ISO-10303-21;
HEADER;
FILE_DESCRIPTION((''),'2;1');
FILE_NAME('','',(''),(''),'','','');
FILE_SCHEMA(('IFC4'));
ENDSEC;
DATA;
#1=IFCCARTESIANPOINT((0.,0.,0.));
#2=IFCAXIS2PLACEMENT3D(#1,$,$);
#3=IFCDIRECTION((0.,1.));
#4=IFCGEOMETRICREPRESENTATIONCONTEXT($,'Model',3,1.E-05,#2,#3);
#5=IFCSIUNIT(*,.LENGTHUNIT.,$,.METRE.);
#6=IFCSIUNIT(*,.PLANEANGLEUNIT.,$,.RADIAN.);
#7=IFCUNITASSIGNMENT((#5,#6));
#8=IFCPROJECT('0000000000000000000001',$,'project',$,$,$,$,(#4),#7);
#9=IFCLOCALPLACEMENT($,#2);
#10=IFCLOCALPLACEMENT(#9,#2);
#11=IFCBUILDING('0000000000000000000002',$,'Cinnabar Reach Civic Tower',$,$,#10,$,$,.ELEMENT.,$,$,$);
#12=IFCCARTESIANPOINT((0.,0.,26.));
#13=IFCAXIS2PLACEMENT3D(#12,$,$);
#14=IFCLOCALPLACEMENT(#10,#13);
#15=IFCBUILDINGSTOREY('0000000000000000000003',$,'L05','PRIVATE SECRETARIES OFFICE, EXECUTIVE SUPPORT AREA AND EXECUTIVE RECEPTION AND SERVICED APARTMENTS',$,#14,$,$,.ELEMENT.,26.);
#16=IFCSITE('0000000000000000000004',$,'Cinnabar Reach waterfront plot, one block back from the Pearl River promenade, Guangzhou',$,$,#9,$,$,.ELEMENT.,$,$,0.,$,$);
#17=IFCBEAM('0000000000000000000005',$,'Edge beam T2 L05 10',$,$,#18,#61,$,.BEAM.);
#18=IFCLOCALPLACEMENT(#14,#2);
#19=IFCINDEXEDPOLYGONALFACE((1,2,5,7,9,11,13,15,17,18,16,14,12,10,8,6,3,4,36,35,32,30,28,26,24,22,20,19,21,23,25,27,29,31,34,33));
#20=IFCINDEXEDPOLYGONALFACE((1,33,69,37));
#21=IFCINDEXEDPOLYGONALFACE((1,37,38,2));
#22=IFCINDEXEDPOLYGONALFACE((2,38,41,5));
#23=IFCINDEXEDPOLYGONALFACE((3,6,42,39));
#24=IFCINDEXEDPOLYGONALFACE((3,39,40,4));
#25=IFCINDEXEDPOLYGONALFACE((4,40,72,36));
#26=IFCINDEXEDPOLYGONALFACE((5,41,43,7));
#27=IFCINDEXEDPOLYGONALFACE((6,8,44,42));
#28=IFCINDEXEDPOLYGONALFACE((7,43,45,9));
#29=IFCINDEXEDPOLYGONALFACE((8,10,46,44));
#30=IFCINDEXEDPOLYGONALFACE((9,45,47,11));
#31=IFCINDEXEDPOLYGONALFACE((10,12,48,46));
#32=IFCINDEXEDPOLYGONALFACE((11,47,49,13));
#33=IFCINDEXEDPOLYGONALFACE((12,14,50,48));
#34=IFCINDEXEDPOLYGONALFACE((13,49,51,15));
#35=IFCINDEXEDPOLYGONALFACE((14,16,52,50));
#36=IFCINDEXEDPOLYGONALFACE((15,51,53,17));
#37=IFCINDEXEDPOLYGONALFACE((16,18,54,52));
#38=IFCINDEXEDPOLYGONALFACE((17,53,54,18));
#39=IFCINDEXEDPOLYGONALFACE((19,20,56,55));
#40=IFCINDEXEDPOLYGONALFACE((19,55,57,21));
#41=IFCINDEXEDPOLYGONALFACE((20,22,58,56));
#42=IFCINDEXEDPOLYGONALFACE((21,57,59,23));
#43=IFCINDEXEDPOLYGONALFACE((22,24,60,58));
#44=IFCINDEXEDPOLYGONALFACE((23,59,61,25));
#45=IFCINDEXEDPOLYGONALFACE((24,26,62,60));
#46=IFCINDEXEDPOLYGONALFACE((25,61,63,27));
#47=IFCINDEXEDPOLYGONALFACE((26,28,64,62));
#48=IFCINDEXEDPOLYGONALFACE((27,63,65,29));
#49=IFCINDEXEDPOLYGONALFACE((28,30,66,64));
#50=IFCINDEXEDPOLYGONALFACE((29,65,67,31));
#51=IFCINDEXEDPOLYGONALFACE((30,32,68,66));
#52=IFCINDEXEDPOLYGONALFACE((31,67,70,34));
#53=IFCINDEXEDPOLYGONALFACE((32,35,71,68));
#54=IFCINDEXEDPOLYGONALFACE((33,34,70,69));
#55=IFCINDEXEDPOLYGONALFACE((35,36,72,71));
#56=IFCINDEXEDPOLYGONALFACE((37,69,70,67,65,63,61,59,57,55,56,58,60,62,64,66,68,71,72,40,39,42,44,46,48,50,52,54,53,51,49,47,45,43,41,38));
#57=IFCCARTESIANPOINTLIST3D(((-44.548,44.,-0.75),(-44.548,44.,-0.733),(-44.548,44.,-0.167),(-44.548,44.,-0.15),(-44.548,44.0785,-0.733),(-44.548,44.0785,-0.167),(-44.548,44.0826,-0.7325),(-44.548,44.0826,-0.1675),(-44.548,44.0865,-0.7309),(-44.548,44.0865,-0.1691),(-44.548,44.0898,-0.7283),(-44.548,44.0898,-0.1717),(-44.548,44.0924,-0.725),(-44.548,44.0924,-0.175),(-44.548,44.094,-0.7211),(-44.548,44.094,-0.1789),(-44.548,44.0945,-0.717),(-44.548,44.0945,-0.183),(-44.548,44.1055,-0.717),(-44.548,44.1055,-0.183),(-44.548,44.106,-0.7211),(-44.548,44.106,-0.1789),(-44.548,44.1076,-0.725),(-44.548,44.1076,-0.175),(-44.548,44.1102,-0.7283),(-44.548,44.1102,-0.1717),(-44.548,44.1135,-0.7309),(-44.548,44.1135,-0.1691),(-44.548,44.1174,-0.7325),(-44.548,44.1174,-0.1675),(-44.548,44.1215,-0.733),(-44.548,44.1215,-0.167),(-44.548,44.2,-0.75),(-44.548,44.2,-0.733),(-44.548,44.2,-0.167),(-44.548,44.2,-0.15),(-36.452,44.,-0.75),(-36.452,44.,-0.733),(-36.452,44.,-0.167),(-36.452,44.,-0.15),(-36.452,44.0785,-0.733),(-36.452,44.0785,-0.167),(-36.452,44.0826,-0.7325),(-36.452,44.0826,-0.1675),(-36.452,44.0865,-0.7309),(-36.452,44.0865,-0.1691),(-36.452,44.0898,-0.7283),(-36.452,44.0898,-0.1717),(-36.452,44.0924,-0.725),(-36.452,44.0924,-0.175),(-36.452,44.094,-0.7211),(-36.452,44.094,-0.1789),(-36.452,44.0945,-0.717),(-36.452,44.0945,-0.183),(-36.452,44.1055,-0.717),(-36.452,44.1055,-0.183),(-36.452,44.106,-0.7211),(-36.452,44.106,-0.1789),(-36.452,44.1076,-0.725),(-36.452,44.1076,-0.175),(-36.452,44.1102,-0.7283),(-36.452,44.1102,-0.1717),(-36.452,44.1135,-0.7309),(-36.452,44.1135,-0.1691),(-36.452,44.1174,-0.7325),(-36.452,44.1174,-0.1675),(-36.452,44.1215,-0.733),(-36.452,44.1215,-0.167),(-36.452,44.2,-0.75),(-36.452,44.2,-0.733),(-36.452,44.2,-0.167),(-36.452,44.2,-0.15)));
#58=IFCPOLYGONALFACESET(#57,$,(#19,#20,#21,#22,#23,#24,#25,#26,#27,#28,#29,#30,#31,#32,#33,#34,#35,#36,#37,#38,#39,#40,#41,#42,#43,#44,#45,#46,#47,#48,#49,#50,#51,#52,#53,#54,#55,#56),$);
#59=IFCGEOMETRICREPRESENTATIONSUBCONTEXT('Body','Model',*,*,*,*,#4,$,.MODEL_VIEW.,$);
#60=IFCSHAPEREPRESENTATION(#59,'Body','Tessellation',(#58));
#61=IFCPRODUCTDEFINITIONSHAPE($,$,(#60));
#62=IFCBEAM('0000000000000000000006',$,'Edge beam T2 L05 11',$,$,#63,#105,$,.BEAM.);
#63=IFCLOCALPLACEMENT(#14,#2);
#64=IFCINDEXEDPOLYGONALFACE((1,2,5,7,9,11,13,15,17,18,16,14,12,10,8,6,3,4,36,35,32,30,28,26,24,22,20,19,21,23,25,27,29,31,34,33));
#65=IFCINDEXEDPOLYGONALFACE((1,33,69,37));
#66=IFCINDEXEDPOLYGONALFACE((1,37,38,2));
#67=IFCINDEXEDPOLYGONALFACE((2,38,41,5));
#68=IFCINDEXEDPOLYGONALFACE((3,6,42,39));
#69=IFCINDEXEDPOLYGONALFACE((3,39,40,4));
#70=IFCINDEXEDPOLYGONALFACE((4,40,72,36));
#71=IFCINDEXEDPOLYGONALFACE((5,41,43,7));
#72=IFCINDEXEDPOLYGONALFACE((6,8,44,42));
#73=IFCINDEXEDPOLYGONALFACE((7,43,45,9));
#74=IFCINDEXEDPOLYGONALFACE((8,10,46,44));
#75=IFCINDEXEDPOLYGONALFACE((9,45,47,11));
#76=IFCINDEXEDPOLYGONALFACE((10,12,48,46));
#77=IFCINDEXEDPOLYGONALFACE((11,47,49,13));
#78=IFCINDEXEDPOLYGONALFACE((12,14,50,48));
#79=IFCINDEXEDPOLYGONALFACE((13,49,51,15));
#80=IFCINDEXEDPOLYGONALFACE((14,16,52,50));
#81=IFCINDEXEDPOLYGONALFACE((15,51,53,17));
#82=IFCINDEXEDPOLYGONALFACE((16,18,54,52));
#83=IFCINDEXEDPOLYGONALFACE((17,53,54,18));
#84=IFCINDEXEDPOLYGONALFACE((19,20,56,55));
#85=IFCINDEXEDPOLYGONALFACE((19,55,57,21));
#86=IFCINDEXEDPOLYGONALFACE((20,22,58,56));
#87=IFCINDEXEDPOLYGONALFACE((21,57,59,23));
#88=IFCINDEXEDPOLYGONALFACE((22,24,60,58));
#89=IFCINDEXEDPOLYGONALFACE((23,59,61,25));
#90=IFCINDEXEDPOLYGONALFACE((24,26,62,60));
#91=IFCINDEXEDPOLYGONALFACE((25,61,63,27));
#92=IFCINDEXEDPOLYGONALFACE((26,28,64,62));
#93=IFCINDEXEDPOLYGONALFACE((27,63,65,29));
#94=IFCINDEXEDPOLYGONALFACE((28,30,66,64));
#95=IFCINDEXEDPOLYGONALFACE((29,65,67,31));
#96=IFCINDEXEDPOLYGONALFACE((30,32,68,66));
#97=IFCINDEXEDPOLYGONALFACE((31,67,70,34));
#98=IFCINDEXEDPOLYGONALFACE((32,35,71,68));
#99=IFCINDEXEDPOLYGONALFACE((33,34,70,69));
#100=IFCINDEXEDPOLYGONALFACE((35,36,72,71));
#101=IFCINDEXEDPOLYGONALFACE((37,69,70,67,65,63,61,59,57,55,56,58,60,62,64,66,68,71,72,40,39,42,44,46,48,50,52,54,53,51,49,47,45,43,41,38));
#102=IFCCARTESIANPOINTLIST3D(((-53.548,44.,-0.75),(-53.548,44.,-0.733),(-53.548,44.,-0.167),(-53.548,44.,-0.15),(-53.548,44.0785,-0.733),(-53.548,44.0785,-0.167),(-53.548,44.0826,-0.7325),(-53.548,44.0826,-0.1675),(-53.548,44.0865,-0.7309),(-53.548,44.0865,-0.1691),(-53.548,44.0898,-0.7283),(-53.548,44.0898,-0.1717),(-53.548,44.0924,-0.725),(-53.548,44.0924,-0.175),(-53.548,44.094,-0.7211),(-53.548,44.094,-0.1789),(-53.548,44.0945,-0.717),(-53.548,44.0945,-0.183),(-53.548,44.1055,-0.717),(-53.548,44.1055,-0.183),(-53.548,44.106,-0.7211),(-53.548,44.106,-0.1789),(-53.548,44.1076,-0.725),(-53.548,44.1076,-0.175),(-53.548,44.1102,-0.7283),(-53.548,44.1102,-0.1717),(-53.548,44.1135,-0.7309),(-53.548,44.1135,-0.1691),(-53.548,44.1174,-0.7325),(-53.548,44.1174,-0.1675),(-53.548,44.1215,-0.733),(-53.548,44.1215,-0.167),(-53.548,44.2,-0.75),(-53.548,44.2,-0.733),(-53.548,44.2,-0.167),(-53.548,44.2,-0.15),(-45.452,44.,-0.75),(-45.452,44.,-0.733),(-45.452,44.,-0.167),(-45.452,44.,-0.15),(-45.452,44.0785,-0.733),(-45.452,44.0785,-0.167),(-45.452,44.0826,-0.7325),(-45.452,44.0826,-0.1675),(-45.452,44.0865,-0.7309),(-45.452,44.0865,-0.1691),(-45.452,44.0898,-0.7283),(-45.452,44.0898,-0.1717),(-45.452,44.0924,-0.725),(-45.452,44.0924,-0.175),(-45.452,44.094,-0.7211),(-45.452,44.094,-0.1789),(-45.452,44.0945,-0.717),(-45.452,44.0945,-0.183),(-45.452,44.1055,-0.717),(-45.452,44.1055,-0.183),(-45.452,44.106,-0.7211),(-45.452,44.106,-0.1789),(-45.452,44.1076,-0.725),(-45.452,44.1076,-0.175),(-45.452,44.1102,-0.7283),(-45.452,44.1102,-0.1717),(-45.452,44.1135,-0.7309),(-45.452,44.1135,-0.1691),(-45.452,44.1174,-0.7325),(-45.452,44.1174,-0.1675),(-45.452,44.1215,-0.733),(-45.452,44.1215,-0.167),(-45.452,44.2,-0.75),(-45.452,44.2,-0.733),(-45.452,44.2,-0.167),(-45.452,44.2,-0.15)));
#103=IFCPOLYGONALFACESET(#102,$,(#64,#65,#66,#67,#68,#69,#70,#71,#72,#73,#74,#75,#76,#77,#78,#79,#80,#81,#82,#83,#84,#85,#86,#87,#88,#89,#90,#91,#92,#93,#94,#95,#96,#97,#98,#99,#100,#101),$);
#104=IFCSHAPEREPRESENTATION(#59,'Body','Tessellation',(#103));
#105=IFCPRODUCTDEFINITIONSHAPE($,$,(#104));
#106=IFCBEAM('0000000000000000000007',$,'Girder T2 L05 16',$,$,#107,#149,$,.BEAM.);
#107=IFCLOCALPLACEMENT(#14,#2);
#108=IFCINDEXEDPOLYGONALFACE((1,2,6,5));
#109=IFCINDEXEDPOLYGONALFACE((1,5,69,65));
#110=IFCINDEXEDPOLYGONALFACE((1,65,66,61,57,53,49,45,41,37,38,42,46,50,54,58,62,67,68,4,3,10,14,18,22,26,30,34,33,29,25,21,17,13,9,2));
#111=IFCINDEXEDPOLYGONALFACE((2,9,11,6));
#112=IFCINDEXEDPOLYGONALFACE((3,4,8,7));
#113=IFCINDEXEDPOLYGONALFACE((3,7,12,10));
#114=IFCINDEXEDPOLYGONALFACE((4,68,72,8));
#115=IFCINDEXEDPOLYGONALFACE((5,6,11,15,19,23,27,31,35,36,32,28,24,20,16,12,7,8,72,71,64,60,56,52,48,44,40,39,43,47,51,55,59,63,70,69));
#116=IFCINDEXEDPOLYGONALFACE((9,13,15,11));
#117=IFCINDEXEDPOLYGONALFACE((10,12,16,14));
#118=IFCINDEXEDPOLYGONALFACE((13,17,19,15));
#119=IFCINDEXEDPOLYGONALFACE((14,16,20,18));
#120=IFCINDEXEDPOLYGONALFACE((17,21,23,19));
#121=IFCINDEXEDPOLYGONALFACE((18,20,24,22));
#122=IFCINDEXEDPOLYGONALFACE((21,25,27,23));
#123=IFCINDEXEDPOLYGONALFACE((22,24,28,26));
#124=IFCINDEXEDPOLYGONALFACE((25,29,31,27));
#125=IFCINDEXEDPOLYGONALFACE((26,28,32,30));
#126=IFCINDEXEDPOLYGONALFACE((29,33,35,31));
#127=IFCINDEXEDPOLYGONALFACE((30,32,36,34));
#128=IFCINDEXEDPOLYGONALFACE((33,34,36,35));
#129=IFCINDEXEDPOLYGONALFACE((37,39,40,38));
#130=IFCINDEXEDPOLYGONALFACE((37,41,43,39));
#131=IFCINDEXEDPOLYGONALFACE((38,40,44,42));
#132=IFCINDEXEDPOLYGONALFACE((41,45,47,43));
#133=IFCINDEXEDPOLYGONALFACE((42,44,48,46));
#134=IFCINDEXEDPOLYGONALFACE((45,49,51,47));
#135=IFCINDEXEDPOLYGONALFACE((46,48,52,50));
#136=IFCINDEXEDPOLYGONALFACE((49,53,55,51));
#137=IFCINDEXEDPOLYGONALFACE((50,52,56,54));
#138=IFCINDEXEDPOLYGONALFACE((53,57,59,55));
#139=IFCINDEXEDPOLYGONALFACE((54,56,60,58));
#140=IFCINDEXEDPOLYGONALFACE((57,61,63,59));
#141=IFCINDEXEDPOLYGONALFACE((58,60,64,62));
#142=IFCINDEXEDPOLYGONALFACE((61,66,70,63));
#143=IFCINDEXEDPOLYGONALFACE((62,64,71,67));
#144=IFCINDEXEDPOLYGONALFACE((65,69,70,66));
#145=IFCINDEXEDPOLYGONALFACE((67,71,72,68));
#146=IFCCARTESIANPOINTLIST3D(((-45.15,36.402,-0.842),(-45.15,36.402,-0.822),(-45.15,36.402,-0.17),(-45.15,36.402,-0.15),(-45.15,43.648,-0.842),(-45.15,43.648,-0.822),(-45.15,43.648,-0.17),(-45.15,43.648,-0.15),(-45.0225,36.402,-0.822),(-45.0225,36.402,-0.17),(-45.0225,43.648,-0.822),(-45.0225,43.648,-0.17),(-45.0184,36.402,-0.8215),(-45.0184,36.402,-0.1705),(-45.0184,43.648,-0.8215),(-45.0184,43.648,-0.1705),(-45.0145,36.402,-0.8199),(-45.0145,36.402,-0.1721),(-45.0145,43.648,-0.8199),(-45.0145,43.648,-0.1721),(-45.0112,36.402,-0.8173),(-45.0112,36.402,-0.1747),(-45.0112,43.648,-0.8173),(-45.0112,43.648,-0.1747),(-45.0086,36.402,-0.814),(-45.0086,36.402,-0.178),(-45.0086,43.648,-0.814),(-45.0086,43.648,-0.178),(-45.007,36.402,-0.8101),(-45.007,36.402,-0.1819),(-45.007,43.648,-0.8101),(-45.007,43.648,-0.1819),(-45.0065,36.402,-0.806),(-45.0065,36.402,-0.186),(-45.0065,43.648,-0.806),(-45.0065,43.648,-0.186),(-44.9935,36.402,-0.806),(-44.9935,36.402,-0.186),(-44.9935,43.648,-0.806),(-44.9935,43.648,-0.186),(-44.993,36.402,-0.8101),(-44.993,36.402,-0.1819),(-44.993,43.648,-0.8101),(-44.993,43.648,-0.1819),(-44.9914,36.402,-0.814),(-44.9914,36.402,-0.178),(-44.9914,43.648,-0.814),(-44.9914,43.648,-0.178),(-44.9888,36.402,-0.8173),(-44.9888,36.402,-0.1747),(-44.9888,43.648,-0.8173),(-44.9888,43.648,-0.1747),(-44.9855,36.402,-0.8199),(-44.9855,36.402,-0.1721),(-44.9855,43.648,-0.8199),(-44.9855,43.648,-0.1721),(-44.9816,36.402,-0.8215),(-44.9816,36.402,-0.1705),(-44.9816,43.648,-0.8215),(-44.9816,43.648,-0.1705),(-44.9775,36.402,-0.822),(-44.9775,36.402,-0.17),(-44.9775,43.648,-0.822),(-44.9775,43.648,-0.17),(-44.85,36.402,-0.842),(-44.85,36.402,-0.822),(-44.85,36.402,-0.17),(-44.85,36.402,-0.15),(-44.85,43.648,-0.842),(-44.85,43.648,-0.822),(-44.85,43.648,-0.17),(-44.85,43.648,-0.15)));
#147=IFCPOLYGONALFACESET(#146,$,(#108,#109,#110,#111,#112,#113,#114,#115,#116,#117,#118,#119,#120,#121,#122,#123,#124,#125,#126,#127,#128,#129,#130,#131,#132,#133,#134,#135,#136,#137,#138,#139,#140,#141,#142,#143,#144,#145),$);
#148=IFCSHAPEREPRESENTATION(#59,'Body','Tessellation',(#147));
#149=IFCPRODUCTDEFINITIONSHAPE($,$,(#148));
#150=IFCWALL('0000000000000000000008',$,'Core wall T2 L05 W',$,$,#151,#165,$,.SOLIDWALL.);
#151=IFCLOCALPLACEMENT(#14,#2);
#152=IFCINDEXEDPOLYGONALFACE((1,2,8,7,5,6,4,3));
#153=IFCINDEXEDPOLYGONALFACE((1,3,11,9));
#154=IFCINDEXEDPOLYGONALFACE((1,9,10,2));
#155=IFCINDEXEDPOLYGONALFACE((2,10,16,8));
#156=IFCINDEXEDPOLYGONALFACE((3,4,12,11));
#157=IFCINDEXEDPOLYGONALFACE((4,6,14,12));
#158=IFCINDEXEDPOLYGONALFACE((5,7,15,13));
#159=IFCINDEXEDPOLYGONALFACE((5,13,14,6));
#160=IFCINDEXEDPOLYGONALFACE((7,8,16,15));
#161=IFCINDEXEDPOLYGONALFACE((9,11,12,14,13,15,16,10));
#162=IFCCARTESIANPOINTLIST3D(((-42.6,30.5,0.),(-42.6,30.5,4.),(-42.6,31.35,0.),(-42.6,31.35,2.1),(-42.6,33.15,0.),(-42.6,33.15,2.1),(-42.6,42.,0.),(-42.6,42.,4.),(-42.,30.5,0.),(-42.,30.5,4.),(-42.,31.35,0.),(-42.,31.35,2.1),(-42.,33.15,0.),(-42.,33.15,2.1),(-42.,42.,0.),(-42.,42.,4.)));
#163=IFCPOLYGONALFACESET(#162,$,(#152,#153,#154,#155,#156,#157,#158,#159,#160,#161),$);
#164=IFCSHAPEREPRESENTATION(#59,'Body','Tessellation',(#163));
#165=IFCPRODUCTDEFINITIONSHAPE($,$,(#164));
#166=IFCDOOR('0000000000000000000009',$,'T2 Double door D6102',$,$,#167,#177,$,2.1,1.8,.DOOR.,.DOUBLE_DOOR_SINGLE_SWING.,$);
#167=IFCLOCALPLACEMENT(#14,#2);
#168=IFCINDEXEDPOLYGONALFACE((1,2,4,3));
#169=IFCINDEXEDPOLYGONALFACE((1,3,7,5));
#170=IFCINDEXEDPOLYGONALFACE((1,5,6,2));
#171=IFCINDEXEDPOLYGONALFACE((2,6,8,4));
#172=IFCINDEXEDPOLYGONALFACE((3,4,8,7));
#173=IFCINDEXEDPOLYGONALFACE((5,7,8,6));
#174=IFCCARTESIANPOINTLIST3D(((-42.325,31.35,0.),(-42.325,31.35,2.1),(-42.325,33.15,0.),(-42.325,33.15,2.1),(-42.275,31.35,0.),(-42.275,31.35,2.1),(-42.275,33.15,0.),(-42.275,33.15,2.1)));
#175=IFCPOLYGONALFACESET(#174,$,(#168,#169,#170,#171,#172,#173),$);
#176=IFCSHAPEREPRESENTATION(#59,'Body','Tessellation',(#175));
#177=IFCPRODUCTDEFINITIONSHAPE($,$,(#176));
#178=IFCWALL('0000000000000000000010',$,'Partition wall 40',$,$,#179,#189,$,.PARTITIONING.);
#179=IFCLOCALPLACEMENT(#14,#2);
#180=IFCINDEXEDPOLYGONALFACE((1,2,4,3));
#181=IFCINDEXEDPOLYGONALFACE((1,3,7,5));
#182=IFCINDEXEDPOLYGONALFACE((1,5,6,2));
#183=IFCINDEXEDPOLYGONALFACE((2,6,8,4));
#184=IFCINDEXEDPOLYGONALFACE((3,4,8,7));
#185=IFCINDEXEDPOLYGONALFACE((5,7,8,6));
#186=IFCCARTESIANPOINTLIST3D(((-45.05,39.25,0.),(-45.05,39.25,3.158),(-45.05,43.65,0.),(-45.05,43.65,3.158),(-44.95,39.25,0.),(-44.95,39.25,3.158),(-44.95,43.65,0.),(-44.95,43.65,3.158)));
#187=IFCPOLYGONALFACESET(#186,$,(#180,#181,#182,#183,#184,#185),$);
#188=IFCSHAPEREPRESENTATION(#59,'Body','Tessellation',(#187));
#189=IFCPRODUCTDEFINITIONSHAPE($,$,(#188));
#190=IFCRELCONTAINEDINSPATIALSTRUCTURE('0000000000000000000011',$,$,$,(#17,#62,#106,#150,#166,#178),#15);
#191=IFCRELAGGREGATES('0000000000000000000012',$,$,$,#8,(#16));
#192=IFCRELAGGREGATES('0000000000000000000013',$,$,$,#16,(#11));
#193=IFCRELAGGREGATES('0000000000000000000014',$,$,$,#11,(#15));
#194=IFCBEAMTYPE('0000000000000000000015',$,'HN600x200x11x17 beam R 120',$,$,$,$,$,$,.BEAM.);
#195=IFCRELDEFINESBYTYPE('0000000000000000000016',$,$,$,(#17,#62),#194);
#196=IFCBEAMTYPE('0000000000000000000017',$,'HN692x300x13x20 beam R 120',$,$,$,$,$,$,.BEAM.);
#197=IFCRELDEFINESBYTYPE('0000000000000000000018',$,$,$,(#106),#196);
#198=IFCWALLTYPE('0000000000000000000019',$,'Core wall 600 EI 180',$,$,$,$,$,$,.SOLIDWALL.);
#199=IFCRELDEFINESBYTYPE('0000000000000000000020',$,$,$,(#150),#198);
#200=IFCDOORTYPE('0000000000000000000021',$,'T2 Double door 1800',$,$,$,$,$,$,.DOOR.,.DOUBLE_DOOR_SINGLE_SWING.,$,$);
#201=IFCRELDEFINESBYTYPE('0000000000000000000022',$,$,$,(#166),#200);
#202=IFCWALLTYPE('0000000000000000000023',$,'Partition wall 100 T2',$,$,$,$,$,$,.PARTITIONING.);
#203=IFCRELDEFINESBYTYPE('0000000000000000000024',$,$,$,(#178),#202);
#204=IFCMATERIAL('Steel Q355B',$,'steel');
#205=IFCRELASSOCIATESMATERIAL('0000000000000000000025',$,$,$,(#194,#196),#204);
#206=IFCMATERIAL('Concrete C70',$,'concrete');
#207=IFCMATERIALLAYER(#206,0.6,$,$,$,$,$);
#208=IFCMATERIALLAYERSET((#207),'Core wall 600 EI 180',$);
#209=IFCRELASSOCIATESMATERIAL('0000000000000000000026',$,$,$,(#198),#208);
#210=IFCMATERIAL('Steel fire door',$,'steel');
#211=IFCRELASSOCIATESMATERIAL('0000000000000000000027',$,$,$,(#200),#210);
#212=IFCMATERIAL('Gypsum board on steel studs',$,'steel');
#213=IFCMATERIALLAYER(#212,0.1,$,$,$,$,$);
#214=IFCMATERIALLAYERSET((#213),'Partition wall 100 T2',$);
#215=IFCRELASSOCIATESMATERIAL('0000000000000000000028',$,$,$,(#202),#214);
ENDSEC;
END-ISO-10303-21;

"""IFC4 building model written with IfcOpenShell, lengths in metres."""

from ifc_helpers import new_model, si_unit, direction, frame, frame_2d, origin, origin_2d, place, context, subcontext, project, spatial, rectangle, i_section, extrude, material, layer, layer_set, material_profile, profile_set, type_object, element, fill, save


model = new_model("IFC4")

# Units and contexts
model_context = context("Model", 3, precision=1e-05, world=origin(), true_north=direction((0.0, 1.0)))
body_context = subcontext(model_context, "Body", "Model", "MODEL_VIEW")
ifc_project = project(units=[si_unit("LENGTHUNIT", "METRE"), si_unit("PLANEANGLEUNIT", "RADIAN")], contexts=[model_context])

# Site, building, storey
site_placement = place(None, origin())
site = spatial("IfcSite", under=ifc_project, at=site_placement, Name="Cinnabar Reach waterfront plot, one block back from the Pearl River promenade, Guangzhou", CompositionType="ELEMENT", RefElevation=0.0)
building_placement = place(site_placement, origin())
building = spatial("IfcBuilding", under=site, at=building_placement, Name="Cinnabar Reach Civic Tower", CompositionType="ELEMENT")
storey_placement = place(building_placement, frame((0.0, 0.0, 26.0)))
storey = spatial("IfcBuildingStorey", under=building, at=storey_placement, Name="L05", Description="PRIVATE SECRETARIES OFFICE, EXECUTIVE SUPPORT AREA AND EXECUTIVE RECEPTION AND SERVICED APARTMENTS", CompositionType="ELEMENT", Elevation=26.0)

# Shared definitions
ifc_material_1 = material(Name="Concrete C70", Category="concrete")

# Beams
ifc_material_2 = material(Name="Steel Q355B", Category="steel")
ifc_material_profile_1 = material_profile(ifc_material_2, i_section(OverallWidth=0.2, OverallDepth=0.6, WebThickness=0.011, FlangeThickness=0.017, FilletRadius=0.016, at=origin_2d()), Name="HN600x200x11x17")
ifc_profile_set_1 = profile_set([ifc_material_profile_1], Name="Steel Q355B")
beam_type_1 = type_object("IfcBeamType", Name="HN600x200x11x17 beam R 120", PredefinedType="BEAM", material=ifc_profile_set_1)
for number, where, z_axis, x_axis, name in (
    (1, (-36.452, 44.1, -0.45), (-1.0, 0.0, 0.0), (0.0, -1.0, 0.0), "Edge beam T2 L05 10"),
    (2, (-45.452, 44.1, -0.45), (-1.0, 0.0, 0.0), (0.0, -1.0, 0.0), "Edge beam T2 L05 11"),
):
    element("IfcBeam", number, at=place(storey_placement, frame(where, z_axis=z_axis, x_axis=x_axis)), inside=storey, type_object=beam_type_1, Name=name, PredefinedType="BEAM", context=body_context, shape_type="SweptSolid", body=[
        extrude(i_section(OverallWidth=0.2, OverallDepth=0.6, WebThickness=0.011, FlangeThickness=0.017, FilletRadius=0.016, at=origin_2d()), origin(), (0.0, 0.0, 1.0), 8.096),
    ])
ifc_material_profile_2 = material_profile(ifc_material_2, i_section(OverallWidth=0.3, OverallDepth=0.692, WebThickness=0.013, FlangeThickness=0.02, FilletRadius=0.016, at=origin_2d()), Name="HN692x300x13x20")
ifc_profile_set_2 = profile_set([ifc_material_profile_2], Name="Steel Q355B")
beam_type_2 = type_object("IfcBeamType", Name="HN692x300x13x20 beam R 120", PredefinedType="BEAM", material=ifc_profile_set_2)
beam_1_placement = place(storey_placement, frame((-45.0, 36.402, -0.496), z_axis=(0.0, 1.0, 0.0), x_axis=(-1.0, 0.0, 0.0)))
element("IfcBeam", 3, at=beam_1_placement, inside=storey, type_object=beam_type_2, Name="Girder T2 L05 16", PredefinedType="BEAM", context=body_context, shape_type="SweptSolid", body=[
    extrude(i_section(OverallWidth=0.3, OverallDepth=0.692, WebThickness=0.013, FlangeThickness=0.02, FilletRadius=0.016, at=origin_2d()), origin(), (0.0, 0.0, 1.0), 7.246),
])

# Wall, opening, door
ifc_layer_1 = layer(ifc_material_1, 0.6)
ifc_layer_set_1 = layer_set([ifc_layer_1], Name="Core wall 600 EI 180")
wall_type_1 = type_object("IfcWallType", Name="Core wall 600 EI 180", PredefinedType="SOLIDWALL", material=ifc_layer_set_1)
wall_1_placement = place(storey_placement, frame((-42.3, 42.0, 0.0), z_axis=(0.0, 0.0, 1.0), x_axis=(0.0, -1.0, 0.0)))
wall_1 = element("IfcWall", 4, at=wall_1_placement, inside=storey, type_object=wall_type_1, Name="Core wall T2 L05 W", PredefinedType="SOLIDWALL", context=body_context, shape_type="SweptSolid", body=[
    extrude(rectangle(XDim=11.5, YDim=0.6, at=frame_2d((5.75, 0.0))), origin(), (0.0, 0.0, 1.0), 4.0),
])
opening_1_placement = place(wall_1_placement, frame((8.85, 0.0, 0.0)))
opening_1 = element("IfcOpeningElement", 5, at=opening_1_placement, cuts=wall_1, PredefinedType="OPENING", context=body_context, shape_type="SweptSolid", body=[
    extrude(rectangle(XDim=1.8, YDim=2.1, at=frame_2d((0.9, 1.05))), frame((0.0, 0.31, 0.0), z_axis=(0.0, -1.0, 0.0), x_axis=(1.0, 0.0, 0.0)), (0.0, 0.0, 1.0), 0.62),
])
ifc_material_3 = material(Name="Steel fire door", Category="steel")
door_type_1 = type_object("IfcDoorType", Name="T2 Double door 1800", OperationType="DOUBLE_DOOR_SINGLE_SWING", PredefinedType="DOOR", material=ifc_material_3)
door_1_placement = place(opening_1_placement, frame((1.8, 0.0, 0.0), z_axis=(0.0, 0.0, 1.0), x_axis=(-1.0, 0.0, 0.0)))
door_1 = element("IfcDoor", 6, at=door_1_placement, inside=storey, type_object=door_type_1, Name="T2 Double door D6102", OperationType="DOUBLE_DOOR_SINGLE_SWING", OverallHeight=2.1, OverallWidth=1.8, PredefinedType="DOOR", context=body_context, shape_type="SweptSolid", body=[
    extrude(rectangle(XDim=1.8, YDim=2.1, at=frame_2d((0.9, 1.05))), frame((0.0, 0.025, 0.0), z_axis=(0.0, -1.0, 0.0), x_axis=(1.0, 0.0, 0.0)), (0.0, 0.0, 1.0), 0.05),
])
fill(opening_1, door_1)

# Wall
ifc_material_4 = material(Name="Gypsum board on steel studs", Category="steel")
ifc_layer_2 = layer(ifc_material_4, 0.1)
ifc_layer_set_2 = layer_set([ifc_layer_2], Name="Partition wall 100 T2")
wall_type_2 = type_object("IfcWallType", Name="Partition wall 100 T2", PredefinedType="PARTITIONING", material=ifc_layer_set_2)
wall_2_placement = place(storey_placement, frame((-45.0, 39.25, 0.0), z_axis=(0.0, 0.0, 1.0), x_axis=(0.0, 1.0, 0.0)))
element("IfcWall", 7, at=wall_2_placement, inside=storey, type_object=wall_type_2, Name="Partition wall 40", PredefinedType="PARTITIONING", context=body_context, shape_type="SweptSolid", body=[
    extrude(rectangle(XDim=4.4, YDim=0.1, at=frame_2d((2.2, 0.0))), origin(), (0.0, 0.0, 1.0), 3.158),
])

save(model, "model.ifc")
